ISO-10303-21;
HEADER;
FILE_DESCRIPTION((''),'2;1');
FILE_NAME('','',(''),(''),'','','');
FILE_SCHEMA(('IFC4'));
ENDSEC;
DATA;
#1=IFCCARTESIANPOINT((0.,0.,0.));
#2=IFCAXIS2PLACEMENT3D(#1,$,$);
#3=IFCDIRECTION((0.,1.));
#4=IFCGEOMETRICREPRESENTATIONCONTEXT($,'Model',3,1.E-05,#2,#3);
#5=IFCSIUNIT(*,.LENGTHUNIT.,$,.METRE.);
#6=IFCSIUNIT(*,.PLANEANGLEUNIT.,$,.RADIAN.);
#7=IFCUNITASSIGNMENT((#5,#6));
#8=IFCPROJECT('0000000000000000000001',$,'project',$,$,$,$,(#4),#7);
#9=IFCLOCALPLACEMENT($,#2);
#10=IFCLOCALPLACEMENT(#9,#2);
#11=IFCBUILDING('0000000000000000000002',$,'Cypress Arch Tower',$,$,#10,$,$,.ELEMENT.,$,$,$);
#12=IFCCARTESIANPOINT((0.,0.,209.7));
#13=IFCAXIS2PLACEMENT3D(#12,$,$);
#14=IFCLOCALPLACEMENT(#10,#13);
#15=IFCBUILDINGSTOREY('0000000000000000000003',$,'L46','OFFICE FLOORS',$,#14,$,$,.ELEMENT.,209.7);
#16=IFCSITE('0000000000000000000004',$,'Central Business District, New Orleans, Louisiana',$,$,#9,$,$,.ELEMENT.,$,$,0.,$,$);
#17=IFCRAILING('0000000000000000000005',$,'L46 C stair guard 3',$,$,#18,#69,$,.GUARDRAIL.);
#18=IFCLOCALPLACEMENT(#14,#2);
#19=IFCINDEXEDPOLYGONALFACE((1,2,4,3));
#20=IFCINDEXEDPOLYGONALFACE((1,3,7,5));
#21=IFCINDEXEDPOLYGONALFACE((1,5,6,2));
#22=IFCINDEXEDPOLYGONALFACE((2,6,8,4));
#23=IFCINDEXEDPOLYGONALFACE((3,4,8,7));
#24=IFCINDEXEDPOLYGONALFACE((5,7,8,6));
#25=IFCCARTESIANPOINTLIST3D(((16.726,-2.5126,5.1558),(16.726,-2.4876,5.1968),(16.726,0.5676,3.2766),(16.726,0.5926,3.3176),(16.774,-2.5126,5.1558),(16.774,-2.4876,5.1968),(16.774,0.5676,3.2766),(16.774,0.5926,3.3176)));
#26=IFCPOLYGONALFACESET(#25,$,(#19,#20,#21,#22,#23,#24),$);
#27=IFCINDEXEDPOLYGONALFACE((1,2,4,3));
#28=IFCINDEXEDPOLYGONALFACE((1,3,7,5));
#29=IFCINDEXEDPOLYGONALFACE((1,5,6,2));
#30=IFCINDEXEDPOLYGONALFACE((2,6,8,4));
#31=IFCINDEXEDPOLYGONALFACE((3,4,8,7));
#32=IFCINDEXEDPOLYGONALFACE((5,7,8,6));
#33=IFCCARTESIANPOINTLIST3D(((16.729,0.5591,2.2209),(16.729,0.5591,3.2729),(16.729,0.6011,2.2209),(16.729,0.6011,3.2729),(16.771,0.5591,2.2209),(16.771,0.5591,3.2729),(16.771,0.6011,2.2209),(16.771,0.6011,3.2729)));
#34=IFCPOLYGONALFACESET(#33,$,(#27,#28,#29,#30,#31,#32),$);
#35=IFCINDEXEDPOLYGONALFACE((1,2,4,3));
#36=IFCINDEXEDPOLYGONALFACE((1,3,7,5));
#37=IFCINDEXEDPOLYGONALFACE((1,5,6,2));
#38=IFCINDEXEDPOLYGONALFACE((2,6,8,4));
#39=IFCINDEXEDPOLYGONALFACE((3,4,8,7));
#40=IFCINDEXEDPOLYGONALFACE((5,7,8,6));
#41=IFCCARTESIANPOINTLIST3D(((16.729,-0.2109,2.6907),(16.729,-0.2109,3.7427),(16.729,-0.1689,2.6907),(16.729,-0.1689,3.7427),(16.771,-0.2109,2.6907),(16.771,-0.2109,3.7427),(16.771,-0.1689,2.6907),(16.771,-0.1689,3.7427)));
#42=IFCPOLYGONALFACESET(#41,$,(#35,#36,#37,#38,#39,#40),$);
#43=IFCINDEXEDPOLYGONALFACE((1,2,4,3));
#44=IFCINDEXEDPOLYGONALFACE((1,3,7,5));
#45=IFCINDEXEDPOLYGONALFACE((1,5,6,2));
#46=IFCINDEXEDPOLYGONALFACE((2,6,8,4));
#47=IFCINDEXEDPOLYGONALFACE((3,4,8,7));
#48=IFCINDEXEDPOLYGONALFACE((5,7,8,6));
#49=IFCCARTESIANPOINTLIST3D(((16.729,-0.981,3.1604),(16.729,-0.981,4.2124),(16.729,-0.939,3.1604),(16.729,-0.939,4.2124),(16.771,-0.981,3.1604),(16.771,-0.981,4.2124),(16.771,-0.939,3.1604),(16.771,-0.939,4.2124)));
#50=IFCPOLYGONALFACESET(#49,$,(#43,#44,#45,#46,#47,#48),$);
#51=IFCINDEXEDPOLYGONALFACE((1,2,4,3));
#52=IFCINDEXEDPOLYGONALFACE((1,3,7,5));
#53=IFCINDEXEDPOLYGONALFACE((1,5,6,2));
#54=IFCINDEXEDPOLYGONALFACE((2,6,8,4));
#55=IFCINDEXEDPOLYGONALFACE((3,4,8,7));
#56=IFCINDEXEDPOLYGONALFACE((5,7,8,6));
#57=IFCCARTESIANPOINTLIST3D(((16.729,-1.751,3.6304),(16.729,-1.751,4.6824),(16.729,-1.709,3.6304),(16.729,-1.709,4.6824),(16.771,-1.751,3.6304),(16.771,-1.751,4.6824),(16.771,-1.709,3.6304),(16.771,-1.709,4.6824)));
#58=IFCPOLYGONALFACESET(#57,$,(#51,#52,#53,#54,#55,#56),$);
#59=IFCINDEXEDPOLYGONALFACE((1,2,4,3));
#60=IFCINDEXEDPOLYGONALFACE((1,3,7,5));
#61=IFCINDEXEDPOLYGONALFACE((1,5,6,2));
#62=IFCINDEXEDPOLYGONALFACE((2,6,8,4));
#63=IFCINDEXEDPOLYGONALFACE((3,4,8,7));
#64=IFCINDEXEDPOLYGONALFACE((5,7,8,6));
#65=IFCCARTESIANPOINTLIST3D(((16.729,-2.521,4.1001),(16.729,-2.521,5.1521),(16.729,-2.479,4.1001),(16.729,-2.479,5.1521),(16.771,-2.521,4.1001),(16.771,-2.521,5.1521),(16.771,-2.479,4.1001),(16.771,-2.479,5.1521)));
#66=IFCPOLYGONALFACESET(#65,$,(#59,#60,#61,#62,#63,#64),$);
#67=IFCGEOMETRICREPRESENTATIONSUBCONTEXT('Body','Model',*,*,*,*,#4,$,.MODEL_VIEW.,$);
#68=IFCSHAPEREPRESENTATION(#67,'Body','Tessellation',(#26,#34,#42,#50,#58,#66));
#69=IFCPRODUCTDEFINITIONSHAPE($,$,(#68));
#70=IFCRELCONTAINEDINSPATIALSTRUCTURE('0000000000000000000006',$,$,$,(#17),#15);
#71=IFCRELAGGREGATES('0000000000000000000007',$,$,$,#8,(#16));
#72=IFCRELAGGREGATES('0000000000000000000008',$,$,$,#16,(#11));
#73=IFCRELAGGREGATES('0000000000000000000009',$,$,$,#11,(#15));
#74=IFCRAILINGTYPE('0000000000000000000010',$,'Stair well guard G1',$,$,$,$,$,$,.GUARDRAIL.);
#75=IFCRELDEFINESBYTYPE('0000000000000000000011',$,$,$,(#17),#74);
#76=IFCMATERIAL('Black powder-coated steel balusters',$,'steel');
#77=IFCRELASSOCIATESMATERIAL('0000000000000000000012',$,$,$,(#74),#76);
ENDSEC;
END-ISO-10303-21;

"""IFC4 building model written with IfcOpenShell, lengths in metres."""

from ifc_helpers import new_model, si_unit, direction, frame, origin, origin_2d, place, context, subcontext, project, spatial, rectangle, extrude, material, type_object, element, save


model = new_model("IFC4")

# Units and contexts
model_context = context("Model", 3, precision=1e-05, world=origin(), true_north=direction((0.0, 1.0)))
body_context = subcontext(model_context, "Body", "Model", "MODEL_VIEW")
ifc_project = project(units=[si_unit("LENGTHUNIT", "METRE"), si_unit("PLANEANGLEUNIT", "RADIAN")], contexts=[model_context])

# Site, building, storey
site_placement = place(None, origin())
site = spatial("IfcSite", under=ifc_project, at=site_placement, Name="Central Business District, New Orleans, Louisiana", CompositionType="ELEMENT", RefElevation=0.0)
building_placement = place(site_placement, origin())
building = spatial("IfcBuilding", under=site, at=building_placement, Name="Cypress Arch Tower", CompositionType="ELEMENT")
storey_placement = place(building_placement, frame((0.0, 0.0, 209.7)))
storey = spatial("IfcBuildingStorey", under=building, at=storey_placement, Name="L46", Description="OFFICE FLOORS", CompositionType="ELEMENT", Elevation=209.7)

# Railing
ifc_material_1 = material(Name="Black powder-coated steel balusters", Category="steel")
railing_type_1 = type_object("IfcRailingType", Name="Stair well guard G1", PredefinedType="GUARDRAIL", material=ifc_material_1)
railing_1_placement = place(storey_placement, frame((16.75, 0.5801, 2.2209)))
element("IfcRailing", 1, at=railing_1_placement, inside=storey, type_object=railing_type_1, Name="L46 C stair guard 3", PredefinedType="GUARDRAIL", context=body_context, shape_type="SweptSolid", body=[
    extrude(rectangle(XDim=0.0481, YDim=0.0481, at=origin_2d()), frame((0.0, 0.0, 1.0762), z_axis=(0.0, -0.853666, 0.52082), x_axis=(1.0, 0.0, 0.0)), (0.0, 0.0, 1.0), 3.6082),
    extrude(rectangle(XDim=0.042, YDim=0.042, at=origin_2d()), origin(), (0.0, 0.0, 1.0), 1.052),
    extrude(rectangle(XDim=0.042, YDim=0.042, at=origin_2d()), frame((0.0, -0.77, 0.4697)), (0.0, 0.0, 1.0), 1.052),
    extrude(rectangle(XDim=0.042, YDim=0.042, at=origin_2d()), frame((0.0, -1.54, 0.9395)), (0.0, 0.0, 1.0), 1.052),
    extrude(rectangle(XDim=0.042, YDim=0.042, at=origin_2d()), frame((0.0, -2.3101, 1.4094)), (0.0, 0.0, 1.0), 1.052),
    extrude(rectangle(XDim=0.042, YDim=0.042, at=origin_2d()), frame((0.0, -3.0801, 1.8792)), (0.0, 0.0, 1.0), 1.052),
])

save(model, "model.ifc")
